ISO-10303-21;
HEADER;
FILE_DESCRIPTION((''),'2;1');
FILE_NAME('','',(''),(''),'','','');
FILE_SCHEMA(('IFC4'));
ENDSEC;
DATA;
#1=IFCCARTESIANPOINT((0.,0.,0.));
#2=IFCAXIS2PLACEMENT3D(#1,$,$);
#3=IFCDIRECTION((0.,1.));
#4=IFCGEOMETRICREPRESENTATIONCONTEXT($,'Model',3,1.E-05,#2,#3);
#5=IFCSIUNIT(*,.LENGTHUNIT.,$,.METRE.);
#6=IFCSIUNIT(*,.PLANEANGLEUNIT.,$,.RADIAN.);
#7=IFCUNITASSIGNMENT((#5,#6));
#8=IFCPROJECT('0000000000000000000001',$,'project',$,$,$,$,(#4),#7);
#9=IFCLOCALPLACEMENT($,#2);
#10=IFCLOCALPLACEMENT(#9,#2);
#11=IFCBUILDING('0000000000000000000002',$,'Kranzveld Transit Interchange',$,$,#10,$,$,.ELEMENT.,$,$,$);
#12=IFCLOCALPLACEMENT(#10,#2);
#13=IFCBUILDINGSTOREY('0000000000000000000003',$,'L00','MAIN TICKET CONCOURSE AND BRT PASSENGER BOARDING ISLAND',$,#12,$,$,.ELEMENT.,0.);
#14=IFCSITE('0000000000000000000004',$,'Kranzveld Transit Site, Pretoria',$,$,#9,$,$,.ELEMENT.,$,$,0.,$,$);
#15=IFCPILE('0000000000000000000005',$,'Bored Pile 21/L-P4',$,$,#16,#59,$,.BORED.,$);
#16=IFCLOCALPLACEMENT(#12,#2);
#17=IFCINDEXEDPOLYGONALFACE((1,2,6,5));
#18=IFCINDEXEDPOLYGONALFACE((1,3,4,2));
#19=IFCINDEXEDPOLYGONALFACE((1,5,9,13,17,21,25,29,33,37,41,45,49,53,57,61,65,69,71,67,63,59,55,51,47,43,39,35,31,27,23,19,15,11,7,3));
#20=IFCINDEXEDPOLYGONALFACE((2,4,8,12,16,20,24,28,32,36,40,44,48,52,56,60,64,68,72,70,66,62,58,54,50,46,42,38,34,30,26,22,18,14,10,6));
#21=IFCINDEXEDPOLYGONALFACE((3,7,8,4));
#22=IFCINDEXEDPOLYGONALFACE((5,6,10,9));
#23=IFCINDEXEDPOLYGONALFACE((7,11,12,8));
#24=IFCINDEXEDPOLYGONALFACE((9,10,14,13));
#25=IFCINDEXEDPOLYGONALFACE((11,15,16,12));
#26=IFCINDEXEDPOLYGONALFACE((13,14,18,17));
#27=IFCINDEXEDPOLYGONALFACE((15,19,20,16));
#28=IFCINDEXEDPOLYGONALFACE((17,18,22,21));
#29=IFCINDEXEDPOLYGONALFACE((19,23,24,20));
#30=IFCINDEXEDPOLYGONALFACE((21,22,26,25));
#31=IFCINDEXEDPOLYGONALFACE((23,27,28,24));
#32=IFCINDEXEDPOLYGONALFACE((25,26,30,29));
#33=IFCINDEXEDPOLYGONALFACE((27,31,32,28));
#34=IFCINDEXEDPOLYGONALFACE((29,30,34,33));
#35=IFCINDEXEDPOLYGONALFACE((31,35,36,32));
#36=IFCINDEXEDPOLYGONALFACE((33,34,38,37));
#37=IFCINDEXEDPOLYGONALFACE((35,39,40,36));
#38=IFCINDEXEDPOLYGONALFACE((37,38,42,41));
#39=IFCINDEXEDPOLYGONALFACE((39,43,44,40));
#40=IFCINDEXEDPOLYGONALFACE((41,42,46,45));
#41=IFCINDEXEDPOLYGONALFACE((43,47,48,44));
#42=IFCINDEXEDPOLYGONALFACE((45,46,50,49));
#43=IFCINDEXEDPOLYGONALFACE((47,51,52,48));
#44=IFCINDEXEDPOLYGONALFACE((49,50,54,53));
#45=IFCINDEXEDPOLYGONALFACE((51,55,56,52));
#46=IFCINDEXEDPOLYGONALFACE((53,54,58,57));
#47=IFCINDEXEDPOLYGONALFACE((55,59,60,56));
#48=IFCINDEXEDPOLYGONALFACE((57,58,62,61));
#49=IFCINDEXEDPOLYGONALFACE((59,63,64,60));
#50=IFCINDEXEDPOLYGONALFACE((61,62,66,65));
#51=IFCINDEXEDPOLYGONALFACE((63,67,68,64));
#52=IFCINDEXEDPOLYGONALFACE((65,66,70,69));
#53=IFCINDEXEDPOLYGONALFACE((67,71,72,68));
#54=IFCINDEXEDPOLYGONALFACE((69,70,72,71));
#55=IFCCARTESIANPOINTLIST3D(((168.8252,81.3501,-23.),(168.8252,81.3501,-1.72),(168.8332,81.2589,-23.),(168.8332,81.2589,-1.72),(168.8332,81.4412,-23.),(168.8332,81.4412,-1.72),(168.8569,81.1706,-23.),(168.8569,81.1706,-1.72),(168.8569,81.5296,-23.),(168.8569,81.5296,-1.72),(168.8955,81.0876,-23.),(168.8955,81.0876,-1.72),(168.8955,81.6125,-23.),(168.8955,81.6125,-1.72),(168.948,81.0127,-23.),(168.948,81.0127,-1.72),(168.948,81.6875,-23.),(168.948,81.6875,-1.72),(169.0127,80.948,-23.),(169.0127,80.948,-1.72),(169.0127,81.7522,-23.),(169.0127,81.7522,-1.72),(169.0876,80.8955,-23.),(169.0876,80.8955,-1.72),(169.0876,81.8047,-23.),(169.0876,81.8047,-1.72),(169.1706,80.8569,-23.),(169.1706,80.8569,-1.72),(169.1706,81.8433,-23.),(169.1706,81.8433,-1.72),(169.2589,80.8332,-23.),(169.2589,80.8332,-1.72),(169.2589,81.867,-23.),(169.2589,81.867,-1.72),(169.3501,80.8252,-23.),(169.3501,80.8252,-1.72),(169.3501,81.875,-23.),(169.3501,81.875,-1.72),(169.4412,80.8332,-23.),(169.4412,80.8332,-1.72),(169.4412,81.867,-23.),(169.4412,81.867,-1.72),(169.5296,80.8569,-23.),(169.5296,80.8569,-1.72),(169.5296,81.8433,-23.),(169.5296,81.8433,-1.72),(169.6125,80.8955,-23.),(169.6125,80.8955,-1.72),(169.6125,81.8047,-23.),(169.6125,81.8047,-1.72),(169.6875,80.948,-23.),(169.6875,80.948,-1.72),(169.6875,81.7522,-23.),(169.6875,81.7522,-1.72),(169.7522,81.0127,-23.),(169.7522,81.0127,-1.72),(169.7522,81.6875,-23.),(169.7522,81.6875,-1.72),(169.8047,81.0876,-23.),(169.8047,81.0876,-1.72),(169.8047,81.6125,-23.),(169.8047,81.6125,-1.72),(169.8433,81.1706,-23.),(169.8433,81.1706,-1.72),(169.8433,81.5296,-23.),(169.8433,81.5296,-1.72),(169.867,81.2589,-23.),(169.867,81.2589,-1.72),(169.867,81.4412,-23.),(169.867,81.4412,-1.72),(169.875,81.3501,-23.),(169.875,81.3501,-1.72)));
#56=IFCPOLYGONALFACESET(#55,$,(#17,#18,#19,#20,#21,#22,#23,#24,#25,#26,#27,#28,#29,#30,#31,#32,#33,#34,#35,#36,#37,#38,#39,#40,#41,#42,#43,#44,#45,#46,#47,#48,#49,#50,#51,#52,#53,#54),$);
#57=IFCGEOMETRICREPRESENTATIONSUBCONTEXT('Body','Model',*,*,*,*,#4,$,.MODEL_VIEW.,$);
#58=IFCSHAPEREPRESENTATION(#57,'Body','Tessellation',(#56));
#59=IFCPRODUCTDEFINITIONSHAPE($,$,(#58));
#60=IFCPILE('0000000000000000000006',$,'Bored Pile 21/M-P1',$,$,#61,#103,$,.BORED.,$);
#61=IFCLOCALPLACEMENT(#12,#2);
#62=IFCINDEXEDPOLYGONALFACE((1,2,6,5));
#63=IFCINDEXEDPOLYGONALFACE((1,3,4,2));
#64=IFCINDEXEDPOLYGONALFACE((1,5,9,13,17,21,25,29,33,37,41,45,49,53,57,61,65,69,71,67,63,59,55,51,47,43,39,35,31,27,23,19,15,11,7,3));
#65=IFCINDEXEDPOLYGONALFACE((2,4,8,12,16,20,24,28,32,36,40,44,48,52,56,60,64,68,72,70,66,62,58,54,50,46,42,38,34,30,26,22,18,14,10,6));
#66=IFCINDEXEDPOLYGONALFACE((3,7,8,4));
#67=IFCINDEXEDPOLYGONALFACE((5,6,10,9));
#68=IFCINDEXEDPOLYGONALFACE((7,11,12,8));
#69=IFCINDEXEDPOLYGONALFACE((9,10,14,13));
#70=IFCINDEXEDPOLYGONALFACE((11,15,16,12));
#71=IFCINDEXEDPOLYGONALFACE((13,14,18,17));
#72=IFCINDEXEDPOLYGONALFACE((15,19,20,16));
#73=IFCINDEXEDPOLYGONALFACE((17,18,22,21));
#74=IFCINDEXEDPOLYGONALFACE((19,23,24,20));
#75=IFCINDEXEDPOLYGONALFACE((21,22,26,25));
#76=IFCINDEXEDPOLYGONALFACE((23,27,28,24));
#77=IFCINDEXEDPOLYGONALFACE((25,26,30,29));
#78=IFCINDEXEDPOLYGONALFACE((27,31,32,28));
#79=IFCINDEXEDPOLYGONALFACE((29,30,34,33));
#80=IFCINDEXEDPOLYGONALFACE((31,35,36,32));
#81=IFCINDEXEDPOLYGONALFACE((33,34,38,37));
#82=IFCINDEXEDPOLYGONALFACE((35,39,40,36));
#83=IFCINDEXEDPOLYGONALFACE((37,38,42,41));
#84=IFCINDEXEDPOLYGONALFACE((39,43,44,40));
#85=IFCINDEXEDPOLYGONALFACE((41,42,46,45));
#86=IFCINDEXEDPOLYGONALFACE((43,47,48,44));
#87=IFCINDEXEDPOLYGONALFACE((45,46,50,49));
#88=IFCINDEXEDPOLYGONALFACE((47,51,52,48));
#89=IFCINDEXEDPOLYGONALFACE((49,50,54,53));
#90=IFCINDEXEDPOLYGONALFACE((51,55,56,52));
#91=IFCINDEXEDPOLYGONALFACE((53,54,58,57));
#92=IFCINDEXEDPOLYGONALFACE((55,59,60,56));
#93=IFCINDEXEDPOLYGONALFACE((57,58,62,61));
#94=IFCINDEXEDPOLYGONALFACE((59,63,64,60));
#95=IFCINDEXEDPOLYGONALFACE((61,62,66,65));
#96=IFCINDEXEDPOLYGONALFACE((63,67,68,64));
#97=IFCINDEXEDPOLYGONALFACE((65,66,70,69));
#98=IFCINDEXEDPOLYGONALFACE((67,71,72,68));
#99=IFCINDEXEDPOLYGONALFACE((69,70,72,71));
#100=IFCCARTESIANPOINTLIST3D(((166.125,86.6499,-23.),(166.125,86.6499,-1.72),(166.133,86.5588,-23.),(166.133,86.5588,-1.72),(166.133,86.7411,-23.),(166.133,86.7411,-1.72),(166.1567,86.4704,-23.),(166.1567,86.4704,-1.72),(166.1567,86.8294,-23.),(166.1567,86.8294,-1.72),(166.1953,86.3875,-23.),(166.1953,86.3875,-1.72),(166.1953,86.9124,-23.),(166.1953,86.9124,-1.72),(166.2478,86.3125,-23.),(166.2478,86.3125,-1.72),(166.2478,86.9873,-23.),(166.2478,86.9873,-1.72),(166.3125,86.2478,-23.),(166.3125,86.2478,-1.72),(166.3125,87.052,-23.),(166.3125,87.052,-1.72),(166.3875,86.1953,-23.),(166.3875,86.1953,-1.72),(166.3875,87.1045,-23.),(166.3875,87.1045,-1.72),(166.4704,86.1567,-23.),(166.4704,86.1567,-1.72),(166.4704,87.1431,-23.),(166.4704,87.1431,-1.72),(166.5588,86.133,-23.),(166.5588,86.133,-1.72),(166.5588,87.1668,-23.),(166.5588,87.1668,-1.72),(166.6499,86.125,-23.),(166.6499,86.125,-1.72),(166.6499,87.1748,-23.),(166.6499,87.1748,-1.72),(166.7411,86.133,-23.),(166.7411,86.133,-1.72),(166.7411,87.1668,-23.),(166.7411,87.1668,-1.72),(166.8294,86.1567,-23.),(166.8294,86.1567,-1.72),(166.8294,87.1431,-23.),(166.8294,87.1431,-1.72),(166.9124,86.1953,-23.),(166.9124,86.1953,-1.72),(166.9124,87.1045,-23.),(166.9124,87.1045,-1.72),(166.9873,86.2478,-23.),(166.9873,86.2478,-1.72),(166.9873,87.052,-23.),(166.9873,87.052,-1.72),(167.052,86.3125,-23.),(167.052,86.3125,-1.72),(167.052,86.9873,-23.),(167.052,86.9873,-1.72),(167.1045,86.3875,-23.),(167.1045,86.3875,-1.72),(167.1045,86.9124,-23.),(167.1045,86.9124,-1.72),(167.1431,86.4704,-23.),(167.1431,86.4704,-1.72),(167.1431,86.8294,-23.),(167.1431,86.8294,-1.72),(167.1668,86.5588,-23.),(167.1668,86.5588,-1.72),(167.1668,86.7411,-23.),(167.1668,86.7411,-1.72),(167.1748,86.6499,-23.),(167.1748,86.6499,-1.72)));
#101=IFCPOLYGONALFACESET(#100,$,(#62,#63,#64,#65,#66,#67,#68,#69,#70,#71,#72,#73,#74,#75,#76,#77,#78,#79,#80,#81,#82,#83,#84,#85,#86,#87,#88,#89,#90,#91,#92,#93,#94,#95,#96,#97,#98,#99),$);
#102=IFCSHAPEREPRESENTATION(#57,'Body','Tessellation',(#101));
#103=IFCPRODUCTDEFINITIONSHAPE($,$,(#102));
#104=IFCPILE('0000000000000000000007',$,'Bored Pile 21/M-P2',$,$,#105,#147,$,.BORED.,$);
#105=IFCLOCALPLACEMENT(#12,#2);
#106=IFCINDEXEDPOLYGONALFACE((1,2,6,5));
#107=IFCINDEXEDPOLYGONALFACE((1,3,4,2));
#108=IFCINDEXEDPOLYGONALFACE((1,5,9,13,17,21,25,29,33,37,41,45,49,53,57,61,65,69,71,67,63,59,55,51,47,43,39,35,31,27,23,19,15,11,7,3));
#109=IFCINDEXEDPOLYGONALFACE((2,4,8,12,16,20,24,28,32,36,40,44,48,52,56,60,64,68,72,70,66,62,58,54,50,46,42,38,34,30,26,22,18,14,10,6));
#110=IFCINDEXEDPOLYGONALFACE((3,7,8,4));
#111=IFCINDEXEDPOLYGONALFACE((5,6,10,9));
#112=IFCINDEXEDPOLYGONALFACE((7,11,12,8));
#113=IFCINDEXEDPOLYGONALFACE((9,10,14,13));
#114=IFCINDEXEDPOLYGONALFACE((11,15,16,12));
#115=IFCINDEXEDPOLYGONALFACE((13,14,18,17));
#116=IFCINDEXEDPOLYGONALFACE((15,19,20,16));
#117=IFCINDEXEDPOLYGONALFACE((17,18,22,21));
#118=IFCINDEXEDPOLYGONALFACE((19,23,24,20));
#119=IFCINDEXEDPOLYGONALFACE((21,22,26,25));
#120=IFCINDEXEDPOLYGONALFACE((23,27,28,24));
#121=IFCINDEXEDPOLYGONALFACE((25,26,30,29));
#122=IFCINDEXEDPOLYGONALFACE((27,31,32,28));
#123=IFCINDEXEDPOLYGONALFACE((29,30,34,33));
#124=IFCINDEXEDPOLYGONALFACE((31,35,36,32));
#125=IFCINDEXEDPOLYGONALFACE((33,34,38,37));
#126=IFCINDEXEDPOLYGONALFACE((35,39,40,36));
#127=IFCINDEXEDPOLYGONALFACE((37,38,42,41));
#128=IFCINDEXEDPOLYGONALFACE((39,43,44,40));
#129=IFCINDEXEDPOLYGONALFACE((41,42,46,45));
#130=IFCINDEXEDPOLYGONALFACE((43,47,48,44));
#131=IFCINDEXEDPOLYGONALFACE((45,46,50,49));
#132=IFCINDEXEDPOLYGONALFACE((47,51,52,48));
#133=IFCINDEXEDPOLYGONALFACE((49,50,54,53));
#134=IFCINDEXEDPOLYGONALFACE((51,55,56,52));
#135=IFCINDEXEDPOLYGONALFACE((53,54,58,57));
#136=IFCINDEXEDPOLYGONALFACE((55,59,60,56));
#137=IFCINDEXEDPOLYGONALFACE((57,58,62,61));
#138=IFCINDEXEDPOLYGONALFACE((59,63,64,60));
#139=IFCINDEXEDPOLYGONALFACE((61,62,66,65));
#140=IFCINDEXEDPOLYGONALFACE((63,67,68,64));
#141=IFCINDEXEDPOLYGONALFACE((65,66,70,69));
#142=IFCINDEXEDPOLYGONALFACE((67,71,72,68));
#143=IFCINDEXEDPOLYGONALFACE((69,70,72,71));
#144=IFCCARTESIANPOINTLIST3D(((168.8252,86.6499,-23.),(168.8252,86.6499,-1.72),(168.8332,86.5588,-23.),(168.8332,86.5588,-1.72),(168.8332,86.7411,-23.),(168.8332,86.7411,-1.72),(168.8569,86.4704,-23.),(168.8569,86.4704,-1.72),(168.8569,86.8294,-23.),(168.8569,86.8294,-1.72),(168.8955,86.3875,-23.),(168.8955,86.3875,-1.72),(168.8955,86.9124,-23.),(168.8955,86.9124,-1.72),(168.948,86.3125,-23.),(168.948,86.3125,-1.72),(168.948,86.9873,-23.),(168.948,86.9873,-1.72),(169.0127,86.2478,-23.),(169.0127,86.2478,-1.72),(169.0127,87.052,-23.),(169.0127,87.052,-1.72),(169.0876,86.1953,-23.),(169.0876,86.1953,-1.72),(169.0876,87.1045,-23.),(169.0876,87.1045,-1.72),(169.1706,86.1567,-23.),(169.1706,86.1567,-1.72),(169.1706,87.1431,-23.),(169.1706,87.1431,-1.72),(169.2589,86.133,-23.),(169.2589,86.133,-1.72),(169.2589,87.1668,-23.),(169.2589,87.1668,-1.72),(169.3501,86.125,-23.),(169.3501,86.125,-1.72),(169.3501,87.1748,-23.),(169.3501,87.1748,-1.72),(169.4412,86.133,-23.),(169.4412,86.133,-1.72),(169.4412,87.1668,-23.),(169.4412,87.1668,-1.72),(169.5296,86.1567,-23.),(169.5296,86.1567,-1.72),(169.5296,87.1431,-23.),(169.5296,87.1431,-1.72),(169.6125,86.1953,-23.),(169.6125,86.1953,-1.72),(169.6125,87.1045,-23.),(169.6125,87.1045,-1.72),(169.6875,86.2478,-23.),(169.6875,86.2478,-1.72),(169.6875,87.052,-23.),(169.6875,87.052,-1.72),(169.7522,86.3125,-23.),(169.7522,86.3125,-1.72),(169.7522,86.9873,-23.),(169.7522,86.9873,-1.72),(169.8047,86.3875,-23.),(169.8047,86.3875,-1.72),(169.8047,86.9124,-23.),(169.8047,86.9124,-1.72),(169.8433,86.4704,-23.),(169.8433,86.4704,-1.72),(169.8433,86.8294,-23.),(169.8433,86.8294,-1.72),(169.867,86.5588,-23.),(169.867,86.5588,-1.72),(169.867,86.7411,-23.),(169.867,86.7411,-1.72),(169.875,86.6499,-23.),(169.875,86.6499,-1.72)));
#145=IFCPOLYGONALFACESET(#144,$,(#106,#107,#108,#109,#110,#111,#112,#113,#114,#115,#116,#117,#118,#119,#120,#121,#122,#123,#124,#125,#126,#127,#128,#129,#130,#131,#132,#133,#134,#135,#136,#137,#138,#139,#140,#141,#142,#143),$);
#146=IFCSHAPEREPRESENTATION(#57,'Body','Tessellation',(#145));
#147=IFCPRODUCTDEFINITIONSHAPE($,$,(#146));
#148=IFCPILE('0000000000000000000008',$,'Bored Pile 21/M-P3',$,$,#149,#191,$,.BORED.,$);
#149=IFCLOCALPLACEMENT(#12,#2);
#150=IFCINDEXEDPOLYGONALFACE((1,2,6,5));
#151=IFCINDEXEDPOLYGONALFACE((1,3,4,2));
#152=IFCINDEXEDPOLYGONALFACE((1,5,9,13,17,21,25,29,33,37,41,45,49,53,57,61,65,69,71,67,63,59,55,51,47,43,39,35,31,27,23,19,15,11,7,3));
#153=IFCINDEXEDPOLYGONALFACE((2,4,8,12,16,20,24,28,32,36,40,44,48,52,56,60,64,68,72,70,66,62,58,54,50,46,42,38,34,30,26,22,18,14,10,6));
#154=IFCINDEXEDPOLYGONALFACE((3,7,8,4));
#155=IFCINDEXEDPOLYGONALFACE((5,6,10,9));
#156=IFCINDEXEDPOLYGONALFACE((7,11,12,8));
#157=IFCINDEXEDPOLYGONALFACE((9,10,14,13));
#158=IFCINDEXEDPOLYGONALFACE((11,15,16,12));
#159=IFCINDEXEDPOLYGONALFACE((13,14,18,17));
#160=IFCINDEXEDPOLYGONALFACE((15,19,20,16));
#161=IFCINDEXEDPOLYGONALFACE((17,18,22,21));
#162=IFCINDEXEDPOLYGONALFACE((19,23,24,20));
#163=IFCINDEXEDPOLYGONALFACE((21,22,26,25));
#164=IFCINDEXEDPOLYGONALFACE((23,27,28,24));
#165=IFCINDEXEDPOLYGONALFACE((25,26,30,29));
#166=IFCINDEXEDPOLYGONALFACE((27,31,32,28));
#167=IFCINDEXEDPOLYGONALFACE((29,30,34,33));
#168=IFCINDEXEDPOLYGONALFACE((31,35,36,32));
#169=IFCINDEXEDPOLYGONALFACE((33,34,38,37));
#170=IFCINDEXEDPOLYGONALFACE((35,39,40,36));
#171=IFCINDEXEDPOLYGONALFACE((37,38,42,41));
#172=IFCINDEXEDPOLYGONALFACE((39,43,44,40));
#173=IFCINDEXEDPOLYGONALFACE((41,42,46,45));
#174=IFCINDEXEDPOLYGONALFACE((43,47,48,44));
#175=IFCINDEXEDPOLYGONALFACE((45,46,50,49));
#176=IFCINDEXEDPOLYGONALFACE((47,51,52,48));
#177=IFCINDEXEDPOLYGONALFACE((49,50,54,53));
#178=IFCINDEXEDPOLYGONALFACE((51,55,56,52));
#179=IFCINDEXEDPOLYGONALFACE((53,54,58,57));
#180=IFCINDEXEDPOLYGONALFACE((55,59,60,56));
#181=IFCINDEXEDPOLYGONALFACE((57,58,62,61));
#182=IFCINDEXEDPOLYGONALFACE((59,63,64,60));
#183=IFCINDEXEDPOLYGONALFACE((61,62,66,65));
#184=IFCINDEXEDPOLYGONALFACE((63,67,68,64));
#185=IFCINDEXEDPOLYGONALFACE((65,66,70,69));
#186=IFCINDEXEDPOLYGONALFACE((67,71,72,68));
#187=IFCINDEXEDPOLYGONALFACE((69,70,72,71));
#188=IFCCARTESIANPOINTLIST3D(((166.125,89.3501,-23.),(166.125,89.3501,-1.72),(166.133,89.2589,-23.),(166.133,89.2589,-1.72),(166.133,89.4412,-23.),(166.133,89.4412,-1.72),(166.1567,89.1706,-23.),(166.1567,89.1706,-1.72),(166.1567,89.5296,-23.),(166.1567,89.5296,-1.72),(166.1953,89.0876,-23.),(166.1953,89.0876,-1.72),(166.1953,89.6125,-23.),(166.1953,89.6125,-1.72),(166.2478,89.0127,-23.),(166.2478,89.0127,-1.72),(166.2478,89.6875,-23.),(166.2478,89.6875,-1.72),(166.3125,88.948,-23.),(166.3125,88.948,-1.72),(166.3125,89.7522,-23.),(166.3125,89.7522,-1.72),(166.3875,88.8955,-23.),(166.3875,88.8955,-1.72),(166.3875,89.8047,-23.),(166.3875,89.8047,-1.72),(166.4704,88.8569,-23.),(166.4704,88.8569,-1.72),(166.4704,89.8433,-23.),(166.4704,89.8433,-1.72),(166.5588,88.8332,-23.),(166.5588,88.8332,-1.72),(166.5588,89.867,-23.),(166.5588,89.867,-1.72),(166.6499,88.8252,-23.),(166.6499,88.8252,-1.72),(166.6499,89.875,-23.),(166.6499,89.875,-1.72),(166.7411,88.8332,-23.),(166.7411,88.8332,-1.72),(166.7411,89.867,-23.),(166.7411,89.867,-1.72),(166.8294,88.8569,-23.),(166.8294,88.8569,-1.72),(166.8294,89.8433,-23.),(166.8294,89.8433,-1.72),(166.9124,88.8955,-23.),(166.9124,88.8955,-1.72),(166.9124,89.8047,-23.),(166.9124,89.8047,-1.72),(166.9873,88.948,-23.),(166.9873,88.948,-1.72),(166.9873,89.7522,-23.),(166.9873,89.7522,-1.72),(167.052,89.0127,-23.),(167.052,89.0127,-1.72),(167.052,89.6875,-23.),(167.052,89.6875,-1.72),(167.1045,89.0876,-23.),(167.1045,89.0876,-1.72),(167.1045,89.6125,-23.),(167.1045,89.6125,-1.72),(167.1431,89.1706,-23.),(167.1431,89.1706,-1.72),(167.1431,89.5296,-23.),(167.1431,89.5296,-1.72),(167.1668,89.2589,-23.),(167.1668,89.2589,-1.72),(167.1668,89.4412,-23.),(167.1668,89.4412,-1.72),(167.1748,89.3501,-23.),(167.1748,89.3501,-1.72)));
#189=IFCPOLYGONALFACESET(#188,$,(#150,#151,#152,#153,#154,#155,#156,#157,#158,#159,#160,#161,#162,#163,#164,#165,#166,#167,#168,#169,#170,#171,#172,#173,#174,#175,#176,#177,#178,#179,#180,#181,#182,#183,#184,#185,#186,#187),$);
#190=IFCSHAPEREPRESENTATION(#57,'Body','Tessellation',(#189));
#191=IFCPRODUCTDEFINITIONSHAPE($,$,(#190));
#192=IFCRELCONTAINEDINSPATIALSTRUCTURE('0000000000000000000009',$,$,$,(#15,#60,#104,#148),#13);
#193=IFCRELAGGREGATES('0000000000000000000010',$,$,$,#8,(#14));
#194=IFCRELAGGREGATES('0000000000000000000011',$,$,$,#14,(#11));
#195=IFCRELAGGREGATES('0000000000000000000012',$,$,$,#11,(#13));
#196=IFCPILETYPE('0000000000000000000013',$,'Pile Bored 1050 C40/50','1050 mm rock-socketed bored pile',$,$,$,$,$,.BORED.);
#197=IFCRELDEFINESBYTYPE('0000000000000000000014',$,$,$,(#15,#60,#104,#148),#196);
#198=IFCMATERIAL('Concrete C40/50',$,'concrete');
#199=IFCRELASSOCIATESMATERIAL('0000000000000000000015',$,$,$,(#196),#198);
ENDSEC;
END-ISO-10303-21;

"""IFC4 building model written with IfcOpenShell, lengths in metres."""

from ifc_helpers import new_model, si_unit, direction, frame, origin, origin_2d, place, context, subcontext, project, spatial, circle, extrude, material, material_profile, profile_set, type_object, element, save


model = new_model("IFC4")

# Units and contexts
model_context = context("Model", 3, precision=1e-05, world=origin(), true_north=direction((0.0, 1.0)))
body_context = subcontext(model_context, "Body", "Model", "MODEL_VIEW")
ifc_project = project(units=[si_unit("LENGTHUNIT", "METRE"), si_unit("PLANEANGLEUNIT", "RADIAN")], contexts=[model_context])

# Site, building, storey
site_placement = place(None, origin())
site = spatial("IfcSite", under=ifc_project, at=site_placement, Name="Kranzveld Transit Site, Pretoria", CompositionType="ELEMENT", RefElevation=0.0)
building_placement = place(site_placement, origin())
building = spatial("IfcBuilding", under=site, at=building_placement, Name="Kranzveld Transit Interchange", CompositionType="ELEMENT")
storey_placement = place(building_placement, origin())
storey = spatial("IfcBuildingStorey", under=building, at=storey_placement, Name="L00", Description="MAIN TICKET CONCOURSE AND BRT PASSENGER BOARDING ISLAND", CompositionType="ELEMENT", Elevation=0.0)

# Piles
ifc_material_1 = material(Name="Concrete C40/50", Category="concrete")
ifc_material_profile_1 = material_profile(ifc_material_1, circle(Radius=0.5249, at=origin_2d()), Name="BORED PILE 1050")
ifc_profile_set_1 = profile_set([ifc_material_profile_1], Name="Concrete C40/50")
pile_type = type_object("IfcPileType", Name="Pile Bored 1050 C40/50", Description="1050 mm rock-socketed bored pile", PredefinedType="BORED", material=ifc_profile_set_1)
for number, where, z_axis, x_axis, name in (
    (1, (169.3501, 81.3501, -1.72), (0.0, 0.0, -1.0), (1.0, 0.0, 0.0), "Bored Pile 21/L-P4"),
    (2, (166.6499, 86.6499, -1.72), (0.0, 0.0, -1.0), (1.0, 0.0, 0.0), "Bored Pile 21/M-P1"),
    (3, (169.3501, 86.6499, -1.72), (0.0, 0.0, -1.0), (1.0, 0.0, 0.0), "Bored Pile 21/M-P2"),
    (4, (166.6499, 89.3501, -1.72), (0.0, 0.0, -1.0), (1.0, 0.0, 0.0), "Bored Pile 21/M-P3"),
):
    element("IfcPile", number, at=place(storey_placement, frame(where, z_axis=z_axis, x_axis=x_axis)), inside=storey, type_object=pile_type, Name=name, PredefinedType="BORED", context=body_context, shape_type="SweptSolid", body=[
        extrude(circle(Radius=0.5249, at=origin_2d()), origin(), (0.0, 0.0, 1.0), 21.28),
    ])

save(model, "model.ifc")
